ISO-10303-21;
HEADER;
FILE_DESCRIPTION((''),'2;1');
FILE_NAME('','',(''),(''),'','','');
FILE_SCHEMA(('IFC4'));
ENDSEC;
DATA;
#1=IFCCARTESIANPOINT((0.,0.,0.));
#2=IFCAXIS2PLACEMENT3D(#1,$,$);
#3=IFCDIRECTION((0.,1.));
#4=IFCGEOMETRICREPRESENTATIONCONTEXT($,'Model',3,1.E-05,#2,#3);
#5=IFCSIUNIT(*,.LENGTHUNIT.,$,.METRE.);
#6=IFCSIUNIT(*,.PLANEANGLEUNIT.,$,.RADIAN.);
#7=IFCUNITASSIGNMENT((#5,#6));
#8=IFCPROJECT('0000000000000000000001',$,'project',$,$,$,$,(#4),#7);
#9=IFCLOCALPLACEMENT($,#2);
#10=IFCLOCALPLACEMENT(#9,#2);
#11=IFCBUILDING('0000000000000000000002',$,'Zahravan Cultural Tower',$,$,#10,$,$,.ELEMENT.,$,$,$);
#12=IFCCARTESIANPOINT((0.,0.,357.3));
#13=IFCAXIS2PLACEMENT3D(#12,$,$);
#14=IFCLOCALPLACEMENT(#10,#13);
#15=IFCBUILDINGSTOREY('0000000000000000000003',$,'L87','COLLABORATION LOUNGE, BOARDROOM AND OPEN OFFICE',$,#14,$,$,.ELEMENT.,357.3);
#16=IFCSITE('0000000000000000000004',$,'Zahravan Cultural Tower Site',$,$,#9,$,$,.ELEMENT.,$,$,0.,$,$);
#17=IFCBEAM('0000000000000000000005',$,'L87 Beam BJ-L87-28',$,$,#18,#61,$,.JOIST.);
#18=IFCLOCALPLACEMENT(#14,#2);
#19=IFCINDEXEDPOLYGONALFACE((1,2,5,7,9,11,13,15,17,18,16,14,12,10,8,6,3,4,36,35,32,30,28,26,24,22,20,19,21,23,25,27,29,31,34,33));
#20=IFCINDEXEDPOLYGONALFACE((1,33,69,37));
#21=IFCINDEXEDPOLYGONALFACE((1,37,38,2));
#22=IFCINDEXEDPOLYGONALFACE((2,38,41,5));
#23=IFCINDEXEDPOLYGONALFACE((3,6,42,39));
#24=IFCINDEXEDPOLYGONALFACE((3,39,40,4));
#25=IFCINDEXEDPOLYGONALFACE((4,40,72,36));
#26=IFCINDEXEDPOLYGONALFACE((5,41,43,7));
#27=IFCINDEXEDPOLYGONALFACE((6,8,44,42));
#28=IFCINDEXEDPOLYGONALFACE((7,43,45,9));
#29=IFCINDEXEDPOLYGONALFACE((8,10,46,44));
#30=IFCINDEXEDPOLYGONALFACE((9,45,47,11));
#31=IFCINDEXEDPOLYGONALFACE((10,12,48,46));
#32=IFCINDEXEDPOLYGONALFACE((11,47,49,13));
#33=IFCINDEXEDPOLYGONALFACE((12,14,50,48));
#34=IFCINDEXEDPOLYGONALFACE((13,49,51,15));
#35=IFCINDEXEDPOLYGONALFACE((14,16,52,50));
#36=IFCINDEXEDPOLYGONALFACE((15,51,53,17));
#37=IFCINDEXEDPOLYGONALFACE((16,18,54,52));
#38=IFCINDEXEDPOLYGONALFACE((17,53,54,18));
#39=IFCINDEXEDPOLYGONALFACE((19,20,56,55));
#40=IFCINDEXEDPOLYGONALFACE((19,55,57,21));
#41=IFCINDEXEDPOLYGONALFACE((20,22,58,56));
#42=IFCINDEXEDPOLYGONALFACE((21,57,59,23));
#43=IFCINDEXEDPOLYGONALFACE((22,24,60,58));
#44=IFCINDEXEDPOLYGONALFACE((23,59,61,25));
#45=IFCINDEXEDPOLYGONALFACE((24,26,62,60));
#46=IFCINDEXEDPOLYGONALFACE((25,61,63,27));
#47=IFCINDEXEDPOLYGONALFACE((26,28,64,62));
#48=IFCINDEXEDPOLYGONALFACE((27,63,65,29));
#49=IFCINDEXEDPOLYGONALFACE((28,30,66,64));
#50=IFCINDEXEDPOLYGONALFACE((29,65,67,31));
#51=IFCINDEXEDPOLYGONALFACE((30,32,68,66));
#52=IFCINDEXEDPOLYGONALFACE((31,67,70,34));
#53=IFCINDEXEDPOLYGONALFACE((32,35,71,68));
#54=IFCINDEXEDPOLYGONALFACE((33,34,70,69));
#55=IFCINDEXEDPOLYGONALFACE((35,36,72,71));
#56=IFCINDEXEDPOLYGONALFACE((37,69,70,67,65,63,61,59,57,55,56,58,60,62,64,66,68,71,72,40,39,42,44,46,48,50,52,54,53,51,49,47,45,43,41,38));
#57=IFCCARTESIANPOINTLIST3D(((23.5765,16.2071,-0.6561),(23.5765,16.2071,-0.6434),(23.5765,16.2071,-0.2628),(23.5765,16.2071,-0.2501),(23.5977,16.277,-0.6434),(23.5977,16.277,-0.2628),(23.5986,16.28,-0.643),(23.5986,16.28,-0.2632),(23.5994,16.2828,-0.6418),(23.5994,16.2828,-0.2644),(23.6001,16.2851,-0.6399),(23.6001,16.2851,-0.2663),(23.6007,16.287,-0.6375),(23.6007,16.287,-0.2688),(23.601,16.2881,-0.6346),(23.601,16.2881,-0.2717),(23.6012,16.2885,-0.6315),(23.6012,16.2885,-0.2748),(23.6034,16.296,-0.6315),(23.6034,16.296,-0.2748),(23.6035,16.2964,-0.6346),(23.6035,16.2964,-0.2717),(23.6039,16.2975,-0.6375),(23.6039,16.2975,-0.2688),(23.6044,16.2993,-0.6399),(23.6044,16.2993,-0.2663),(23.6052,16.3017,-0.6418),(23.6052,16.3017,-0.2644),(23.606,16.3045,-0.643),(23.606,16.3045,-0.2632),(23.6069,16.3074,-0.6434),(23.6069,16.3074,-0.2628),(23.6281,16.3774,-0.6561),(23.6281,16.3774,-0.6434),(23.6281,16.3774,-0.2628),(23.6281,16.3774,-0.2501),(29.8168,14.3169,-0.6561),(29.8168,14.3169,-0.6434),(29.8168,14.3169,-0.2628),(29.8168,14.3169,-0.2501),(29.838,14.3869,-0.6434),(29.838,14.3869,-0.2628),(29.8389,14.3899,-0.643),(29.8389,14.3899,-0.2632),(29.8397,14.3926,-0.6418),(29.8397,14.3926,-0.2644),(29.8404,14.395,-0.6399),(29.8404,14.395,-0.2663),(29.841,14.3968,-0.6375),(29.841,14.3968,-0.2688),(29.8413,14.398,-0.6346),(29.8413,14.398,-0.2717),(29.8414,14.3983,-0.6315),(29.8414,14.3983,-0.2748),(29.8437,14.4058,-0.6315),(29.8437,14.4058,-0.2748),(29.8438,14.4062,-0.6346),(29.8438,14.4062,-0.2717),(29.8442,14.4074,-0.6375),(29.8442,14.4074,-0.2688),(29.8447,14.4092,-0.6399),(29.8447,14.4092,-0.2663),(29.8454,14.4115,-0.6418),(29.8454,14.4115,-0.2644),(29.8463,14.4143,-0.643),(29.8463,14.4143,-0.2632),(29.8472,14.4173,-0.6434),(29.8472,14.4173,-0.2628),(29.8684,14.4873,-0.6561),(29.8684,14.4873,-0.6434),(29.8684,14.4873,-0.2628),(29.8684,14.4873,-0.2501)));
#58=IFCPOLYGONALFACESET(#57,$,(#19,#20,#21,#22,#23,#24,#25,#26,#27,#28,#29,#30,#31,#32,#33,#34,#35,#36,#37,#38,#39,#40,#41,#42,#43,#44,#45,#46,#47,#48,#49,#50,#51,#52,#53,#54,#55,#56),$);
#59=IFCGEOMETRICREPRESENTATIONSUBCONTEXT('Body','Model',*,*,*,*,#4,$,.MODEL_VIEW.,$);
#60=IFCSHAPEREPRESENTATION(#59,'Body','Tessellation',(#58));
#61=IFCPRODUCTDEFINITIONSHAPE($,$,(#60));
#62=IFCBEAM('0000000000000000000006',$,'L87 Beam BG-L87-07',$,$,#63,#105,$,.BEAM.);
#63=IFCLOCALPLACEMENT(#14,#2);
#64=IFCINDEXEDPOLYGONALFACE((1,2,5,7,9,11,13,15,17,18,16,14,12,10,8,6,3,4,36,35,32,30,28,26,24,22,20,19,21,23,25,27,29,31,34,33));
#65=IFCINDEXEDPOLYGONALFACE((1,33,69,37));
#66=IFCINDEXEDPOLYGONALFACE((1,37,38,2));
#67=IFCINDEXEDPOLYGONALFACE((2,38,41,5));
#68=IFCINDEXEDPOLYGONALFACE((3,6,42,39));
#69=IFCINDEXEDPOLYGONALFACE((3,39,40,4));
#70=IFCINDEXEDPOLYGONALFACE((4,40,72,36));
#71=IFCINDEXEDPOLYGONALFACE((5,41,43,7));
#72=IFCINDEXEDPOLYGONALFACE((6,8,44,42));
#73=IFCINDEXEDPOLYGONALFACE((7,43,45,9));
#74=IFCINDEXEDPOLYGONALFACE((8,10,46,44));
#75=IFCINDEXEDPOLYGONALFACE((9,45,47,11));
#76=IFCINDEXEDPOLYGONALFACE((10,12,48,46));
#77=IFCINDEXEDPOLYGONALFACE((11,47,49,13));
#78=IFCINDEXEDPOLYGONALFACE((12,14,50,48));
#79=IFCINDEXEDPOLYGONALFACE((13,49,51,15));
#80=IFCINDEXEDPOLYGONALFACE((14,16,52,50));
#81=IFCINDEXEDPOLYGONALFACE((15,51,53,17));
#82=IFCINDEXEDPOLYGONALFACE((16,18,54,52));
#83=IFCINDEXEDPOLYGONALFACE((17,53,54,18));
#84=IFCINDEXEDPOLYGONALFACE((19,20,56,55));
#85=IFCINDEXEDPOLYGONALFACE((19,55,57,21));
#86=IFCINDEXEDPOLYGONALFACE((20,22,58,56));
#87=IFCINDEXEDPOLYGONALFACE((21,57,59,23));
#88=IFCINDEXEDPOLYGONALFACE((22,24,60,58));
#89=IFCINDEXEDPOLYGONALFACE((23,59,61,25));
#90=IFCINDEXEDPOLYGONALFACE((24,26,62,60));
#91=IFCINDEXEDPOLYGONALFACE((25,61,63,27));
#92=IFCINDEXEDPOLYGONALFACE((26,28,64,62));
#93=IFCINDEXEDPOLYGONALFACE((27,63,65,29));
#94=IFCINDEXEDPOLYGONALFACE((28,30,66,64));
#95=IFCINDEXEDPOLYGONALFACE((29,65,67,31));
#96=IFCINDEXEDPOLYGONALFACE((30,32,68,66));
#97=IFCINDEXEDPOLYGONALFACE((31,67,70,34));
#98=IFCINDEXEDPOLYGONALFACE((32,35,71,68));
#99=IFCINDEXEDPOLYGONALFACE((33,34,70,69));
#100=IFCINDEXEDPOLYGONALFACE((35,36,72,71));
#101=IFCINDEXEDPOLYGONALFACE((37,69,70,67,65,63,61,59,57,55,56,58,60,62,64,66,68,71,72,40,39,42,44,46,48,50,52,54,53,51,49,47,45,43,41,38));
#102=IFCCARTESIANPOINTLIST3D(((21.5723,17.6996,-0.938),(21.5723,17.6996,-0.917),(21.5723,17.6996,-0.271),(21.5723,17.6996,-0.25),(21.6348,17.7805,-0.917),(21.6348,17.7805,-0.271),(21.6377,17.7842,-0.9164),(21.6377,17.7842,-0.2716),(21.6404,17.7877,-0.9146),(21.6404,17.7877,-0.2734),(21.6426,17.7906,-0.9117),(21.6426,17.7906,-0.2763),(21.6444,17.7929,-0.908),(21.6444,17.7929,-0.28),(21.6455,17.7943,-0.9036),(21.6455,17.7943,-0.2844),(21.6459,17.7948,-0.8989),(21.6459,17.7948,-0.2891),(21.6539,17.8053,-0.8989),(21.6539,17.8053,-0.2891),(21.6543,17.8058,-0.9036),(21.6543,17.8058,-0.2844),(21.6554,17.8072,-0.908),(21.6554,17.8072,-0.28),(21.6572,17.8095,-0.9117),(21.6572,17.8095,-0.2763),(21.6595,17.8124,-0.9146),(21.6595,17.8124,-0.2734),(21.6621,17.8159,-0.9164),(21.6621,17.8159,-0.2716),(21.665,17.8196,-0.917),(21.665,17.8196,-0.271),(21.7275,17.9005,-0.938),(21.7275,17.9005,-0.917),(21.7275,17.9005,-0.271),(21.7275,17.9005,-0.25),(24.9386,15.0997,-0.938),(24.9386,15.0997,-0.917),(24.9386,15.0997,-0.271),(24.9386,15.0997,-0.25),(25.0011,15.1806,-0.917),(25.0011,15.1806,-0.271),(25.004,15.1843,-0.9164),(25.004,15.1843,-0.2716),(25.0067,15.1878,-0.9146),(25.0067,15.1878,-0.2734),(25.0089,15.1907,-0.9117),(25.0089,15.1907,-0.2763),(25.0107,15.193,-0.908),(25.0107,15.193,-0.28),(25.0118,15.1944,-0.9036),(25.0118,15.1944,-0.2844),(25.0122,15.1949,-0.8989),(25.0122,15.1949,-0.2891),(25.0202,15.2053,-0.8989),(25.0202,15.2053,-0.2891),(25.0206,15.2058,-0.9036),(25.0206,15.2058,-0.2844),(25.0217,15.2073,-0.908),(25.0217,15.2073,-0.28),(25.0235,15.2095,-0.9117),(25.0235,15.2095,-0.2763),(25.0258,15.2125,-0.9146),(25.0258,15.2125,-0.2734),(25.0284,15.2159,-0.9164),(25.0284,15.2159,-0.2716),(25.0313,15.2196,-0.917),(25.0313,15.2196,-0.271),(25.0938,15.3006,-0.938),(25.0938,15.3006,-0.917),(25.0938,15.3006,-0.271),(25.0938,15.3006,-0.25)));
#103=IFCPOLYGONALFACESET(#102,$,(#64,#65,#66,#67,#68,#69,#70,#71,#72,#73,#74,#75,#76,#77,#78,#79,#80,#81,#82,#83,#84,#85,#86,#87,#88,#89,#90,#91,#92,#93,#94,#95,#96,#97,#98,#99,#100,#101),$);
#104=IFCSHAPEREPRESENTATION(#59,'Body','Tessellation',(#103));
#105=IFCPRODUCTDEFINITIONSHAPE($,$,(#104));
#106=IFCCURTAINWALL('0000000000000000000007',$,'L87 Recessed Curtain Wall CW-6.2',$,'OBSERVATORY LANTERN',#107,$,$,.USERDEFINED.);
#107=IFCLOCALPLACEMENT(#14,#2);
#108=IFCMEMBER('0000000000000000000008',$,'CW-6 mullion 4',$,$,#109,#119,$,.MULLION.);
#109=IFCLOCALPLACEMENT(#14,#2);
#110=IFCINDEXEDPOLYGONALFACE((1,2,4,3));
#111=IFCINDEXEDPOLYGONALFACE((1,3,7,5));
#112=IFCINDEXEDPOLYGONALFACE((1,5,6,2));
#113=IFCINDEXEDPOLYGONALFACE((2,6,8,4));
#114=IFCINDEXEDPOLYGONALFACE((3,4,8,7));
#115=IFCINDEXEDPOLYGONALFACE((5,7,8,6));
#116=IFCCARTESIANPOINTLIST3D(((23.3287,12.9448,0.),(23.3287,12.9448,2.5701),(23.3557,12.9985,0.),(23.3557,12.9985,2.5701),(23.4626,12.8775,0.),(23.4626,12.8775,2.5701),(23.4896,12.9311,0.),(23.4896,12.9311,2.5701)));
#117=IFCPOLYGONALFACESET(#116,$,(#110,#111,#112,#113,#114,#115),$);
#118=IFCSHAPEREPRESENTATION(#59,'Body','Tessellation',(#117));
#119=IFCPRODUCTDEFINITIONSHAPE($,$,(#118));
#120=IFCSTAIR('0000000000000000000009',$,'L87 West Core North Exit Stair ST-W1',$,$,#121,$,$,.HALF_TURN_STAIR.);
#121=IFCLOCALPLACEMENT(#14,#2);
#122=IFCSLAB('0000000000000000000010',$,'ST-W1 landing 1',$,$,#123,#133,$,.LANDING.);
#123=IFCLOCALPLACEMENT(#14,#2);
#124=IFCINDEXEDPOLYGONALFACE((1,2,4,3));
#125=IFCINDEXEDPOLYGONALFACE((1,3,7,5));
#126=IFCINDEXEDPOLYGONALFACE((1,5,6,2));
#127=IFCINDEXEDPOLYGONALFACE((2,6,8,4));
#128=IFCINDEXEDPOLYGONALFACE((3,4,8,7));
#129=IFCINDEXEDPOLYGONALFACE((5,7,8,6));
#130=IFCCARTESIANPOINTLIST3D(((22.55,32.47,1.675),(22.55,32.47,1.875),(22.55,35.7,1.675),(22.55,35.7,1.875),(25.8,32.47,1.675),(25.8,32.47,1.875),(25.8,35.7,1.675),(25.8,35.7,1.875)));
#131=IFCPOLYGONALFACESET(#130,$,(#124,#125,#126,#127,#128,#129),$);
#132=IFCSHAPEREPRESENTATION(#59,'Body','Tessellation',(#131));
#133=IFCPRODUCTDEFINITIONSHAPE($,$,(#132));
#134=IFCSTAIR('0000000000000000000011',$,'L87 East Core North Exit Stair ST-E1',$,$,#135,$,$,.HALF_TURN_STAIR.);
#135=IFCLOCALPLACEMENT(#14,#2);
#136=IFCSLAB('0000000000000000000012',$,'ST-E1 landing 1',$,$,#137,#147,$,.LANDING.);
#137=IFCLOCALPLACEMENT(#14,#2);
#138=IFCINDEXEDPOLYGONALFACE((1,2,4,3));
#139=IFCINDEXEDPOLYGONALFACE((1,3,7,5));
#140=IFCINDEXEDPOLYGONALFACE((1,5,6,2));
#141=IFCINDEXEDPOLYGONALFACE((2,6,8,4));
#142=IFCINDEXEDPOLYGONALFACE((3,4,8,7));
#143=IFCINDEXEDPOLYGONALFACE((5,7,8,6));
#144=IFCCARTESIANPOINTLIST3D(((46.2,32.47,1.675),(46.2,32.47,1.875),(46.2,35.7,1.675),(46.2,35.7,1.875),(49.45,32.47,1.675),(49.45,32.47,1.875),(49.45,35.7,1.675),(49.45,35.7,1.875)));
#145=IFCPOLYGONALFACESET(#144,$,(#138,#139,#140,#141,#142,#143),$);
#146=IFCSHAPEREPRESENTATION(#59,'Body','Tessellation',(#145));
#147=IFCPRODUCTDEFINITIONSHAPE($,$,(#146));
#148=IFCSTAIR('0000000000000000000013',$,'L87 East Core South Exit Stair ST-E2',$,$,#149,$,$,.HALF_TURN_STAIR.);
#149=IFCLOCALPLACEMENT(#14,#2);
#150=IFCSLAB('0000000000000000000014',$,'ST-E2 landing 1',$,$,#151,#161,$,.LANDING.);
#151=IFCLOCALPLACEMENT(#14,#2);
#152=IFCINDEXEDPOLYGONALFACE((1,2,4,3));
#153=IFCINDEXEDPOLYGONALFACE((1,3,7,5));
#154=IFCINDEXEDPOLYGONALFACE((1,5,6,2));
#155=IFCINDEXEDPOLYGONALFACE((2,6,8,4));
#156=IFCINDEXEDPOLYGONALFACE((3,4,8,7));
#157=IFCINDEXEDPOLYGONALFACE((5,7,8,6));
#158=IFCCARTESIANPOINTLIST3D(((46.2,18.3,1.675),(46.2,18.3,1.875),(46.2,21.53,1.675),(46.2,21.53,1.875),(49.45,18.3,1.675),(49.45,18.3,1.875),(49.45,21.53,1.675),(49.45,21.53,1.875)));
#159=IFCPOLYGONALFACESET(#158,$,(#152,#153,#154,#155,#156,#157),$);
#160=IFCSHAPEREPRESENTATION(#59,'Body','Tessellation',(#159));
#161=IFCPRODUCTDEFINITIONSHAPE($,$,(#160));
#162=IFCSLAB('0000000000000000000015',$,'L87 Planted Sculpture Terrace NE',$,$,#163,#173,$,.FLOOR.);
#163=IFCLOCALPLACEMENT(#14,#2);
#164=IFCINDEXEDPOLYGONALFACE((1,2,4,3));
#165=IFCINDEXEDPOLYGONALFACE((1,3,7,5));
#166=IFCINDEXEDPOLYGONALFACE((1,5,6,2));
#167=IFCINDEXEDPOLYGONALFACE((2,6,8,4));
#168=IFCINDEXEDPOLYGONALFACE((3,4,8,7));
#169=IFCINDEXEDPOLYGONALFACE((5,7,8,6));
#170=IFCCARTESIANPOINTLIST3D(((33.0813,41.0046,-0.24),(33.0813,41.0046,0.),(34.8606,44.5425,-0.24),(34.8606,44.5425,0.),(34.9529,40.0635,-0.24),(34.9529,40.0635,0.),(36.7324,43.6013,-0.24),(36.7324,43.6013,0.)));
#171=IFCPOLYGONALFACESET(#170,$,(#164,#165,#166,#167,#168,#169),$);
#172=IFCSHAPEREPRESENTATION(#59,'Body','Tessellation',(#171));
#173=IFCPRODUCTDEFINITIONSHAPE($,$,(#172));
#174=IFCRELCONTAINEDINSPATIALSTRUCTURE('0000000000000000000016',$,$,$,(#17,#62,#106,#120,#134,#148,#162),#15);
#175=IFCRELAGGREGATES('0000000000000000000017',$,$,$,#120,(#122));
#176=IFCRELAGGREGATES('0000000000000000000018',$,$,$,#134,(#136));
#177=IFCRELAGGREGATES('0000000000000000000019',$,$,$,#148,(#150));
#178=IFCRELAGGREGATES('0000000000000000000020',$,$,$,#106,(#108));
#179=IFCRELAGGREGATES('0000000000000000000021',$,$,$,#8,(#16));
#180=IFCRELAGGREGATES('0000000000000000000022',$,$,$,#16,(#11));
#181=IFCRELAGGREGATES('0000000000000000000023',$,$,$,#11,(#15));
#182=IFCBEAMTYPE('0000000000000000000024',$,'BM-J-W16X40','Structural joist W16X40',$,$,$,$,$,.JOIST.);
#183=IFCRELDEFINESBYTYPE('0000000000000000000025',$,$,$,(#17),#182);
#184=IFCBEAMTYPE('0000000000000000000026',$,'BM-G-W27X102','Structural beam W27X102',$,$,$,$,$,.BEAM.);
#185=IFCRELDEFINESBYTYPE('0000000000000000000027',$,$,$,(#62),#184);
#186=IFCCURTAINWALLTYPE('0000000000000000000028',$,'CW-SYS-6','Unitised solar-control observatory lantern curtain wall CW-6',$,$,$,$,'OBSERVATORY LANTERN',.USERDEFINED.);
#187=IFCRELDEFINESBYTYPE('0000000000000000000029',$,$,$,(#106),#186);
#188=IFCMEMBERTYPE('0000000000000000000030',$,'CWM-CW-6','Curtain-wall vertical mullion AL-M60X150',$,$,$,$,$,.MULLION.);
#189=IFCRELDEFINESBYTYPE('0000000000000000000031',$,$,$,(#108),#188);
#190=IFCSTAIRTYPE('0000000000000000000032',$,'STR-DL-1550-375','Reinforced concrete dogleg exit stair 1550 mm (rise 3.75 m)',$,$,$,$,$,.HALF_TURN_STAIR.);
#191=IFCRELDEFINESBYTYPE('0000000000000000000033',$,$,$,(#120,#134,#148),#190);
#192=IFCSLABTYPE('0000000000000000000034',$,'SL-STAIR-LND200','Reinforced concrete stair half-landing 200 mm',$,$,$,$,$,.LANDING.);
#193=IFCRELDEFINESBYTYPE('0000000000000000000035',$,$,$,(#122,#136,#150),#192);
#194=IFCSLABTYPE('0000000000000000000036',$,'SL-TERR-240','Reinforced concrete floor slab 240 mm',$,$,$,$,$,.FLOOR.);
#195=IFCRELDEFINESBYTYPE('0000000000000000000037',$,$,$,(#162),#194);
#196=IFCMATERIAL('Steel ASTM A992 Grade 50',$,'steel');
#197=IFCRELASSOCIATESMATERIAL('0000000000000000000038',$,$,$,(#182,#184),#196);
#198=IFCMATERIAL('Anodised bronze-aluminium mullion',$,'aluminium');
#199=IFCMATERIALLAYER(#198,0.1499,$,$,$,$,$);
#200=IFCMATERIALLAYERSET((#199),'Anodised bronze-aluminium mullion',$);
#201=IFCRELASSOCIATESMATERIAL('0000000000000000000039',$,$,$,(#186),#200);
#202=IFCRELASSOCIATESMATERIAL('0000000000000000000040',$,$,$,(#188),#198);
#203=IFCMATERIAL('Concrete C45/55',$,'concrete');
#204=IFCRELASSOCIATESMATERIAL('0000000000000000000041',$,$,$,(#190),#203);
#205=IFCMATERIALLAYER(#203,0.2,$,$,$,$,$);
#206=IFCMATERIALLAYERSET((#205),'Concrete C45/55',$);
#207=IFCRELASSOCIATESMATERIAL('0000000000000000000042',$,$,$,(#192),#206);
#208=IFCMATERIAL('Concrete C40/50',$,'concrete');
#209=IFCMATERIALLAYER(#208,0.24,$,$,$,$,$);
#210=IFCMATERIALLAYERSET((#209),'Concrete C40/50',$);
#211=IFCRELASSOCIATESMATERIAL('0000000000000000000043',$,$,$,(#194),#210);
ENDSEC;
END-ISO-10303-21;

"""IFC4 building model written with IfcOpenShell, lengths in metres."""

from ifc_helpers import new_model, si_unit, direction, frame, origin, origin_2d, place, context, subcontext, project, spatial, polyline, rectangle, i_section, outline, extrude, source, transform, mapped, material, layer, layer_set, material_profile, profile_set, type_object, element, aggregate, save


model = new_model("IFC4")

# Units and contexts
model_context = context("Model", 3, precision=1e-05, world=origin(), true_north=direction((0.0, 1.0)))
body_context = subcontext(model_context, "Body", "Model", "MODEL_VIEW")
ifc_project = project(units=[si_unit("LENGTHUNIT", "METRE"), si_unit("PLANEANGLEUNIT", "RADIAN")], contexts=[model_context])

# Site, building, storey
site_placement = place(None, origin())
site = spatial("IfcSite", under=ifc_project, at=site_placement, Name="Zahravan Cultural Tower Site", CompositionType="ELEMENT", RefElevation=0.0)
building_placement = place(site_placement, origin())
building = spatial("IfcBuilding", under=site, at=building_placement, Name="Zahravan Cultural Tower", CompositionType="ELEMENT")
storey_placement = place(building_placement, frame((0.0, 0.0, 357.3)))
storey = spatial("IfcBuildingStorey", under=building, at=storey_placement, Name="L87", Description="COLLABORATION LOUNGE, BOARDROOM AND OPEN OFFICE", CompositionType="ELEMENT", Elevation=357.3)

# Beams
ifc_material_1 = material(Name="Steel ASTM A992 Grade 50", Category="steel")
ifc_material_profile_1 = material_profile(ifc_material_1, i_section(OverallWidth=0.178, OverallDepth=0.406, WebThickness=0.0078, FlangeThickness=0.0127, FilletRadius=0.012, at=origin_2d()), Name="W16X40")
ifc_profile_set_1 = profile_set([ifc_material_profile_1], Name="Steel ASTM A992 Grade 50")
beam_type_1 = type_object("IfcBeamType", Name="BM-J-W16X40", Description="Structural joist W16X40", PredefinedType="JOIST", material=ifc_profile_set_1)
shared_shape_1 = source(origin(), body_context, "Body", "SweptSolid", [
    extrude(i_section(OverallWidth=0.178, OverallDepth=0.406, WebThickness=0.0078, FlangeThickness=0.0127, FilletRadius=0.012, at=origin_2d()), origin(), (0.0, 0.0, 1.0), 6.5203),
])
beam_1_placement = place(storey_placement, frame((23.6023, 16.2922, -0.4531), z_axis=(0.95706, -0.289889, 0.0), x_axis=(0.289889, 0.95706, 0.0)))
element("IfcBeam", 1, at=beam_1_placement, inside=storey, type_object=beam_type_1, Name="L87 Beam BJ-L87-28", PredefinedType="JOIST", context=body_context, shape_type="MappedRepresentation", body=[
    mapped(shared_shape_1, transform((0.0, 0.0, 0.0), x_axis=(1.0, 0.0, 0.0), y_axis=(0.0, 1.0, 0.0), z_axis=(0.0, 0.0, 1.0), scale=1.0)),
])
ifc_material_profile_2 = material_profile(ifc_material_1, i_section(OverallWidth=0.2539, OverallDepth=0.688, WebThickness=0.0132, FlangeThickness=0.021, FilletRadius=0.0181, at=origin_2d()), Name="W27X102")
ifc_profile_set_2 = profile_set([ifc_material_profile_2], Name="Steel ASTM A992 Grade 50")
beam_type_2 = type_object("IfcBeamType", Name="BM-G-W27X102", Description="Structural beam W27X102", PredefinedType="BEAM", material=ifc_profile_set_2)
shared_shape_2 = source(origin(), body_context, "Body", "SweptSolid", [
    extrude(i_section(OverallWidth=0.2539, OverallDepth=0.688, WebThickness=0.0132, FlangeThickness=0.021, FilletRadius=0.0181, at=origin_2d()), origin(), (0.0, 0.0, 1.0), 4.2534),
])
beam_2_placement = place(storey_placement, frame((21.6499, 17.8, -0.594), z_axis=(0.791434, -0.611255, 0.0), x_axis=(0.611255, 0.791434, 0.0)))
element("IfcBeam", 2, at=beam_2_placement, inside=storey, type_object=beam_type_2, Name="L87 Beam BG-L87-07", PredefinedType="BEAM", context=body_context, shape_type="MappedRepresentation", body=[
    mapped(shared_shape_2, transform((0.0, 0.0, 0.0), x_axis=(1.0, 0.0, 0.0), y_axis=(0.0, 1.0, 0.0), z_axis=(0.0, 0.0, 1.0), scale=1.0)),
])

# Curtain wall, member
ifc_material_2 = material(Name="Anodised bronze-aluminium mullion", Category="aluminium")
ifc_layer_1 = layer(ifc_material_2, 0.1499)
ifc_layer_set_1 = layer_set([ifc_layer_1], Name="Anodised bronze-aluminium mullion")
curtain_wall_type = type_object("IfcCurtainWallType", Name="CW-SYS-6", Description="Unitised solar-control observatory lantern curtain wall CW-6", ElementType="OBSERVATORY LANTERN", PredefinedType="USERDEFINED", material=ifc_layer_set_1)
curtain_wall_placement = place(storey_placement, origin())
curtain_wall = element("IfcCurtainWall", 3, at=curtain_wall_placement, inside=storey, type_object=curtain_wall_type, Name="L87 Recessed Curtain Wall CW-6.2", ObjectType="OBSERVATORY LANTERN", PredefinedType="USERDEFINED")
ifc_material_profile_3 = material_profile(ifc_material_2, rectangle(XDim=0.0601, YDim=0.1499, at=origin_2d()), Name="AL-M60X150")
ifc_profile_set_3 = profile_set([ifc_material_profile_3], Name="Anodised bronze-aluminium mullion")
member_type = type_object("IfcMemberType", Name="CWM-CW-6", Description="Curtain-wall vertical mullion AL-M60X150", PredefinedType="MULLION", material=ifc_profile_set_3)
shared_shape_3 = source(origin(), body_context, "Body", "SweptSolid", [
    extrude(rectangle(XDim=0.0601, YDim=0.1499, at=origin_2d()), origin(), (0.0, 0.0, 1.0), 2.5701),
])
member_placement = place(storey_placement, frame((23.4092, 12.938, 0.0), z_axis=(0.0, 0.0, 1.0), x_axis=(-0.449317, -0.893372, 0.0)))
member = element("IfcMember", 4, at=member_placement, type_object=member_type, Name="CW-6 mullion 4", PredefinedType="MULLION", context=body_context, shape_type="MappedRepresentation", body=[
    mapped(shared_shape_3, transform((0.0, 0.0, 0.0), x_axis=(1.0, 0.0, 0.0), y_axis=(0.0, 1.0, 0.0), z_axis=(0.0, 0.0, 1.0), scale=1.0)),
])

# Stairs, slabs
ifc_material_3 = material(Name="Concrete C45/55", Category="concrete")
stair_type = type_object("IfcStairType", Name="STR-DL-1550-375", Description="Reinforced concrete dogleg exit stair 1550 mm (rise 3.75 m)", PredefinedType="HALF_TURN_STAIR", material=ifc_material_3)
stair_1_placement = place(storey_placement, origin())
stair_1 = element("IfcStair", 5, at=stair_1_placement, inside=storey, type_object=stair_type, Name="L87 West Core North Exit Stair ST-W1", PredefinedType="HALF_TURN_STAIR")
ifc_layer_2 = layer(ifc_material_3, 0.2)
ifc_layer_set_2 = layer_set([ifc_layer_2], Name="Concrete C45/55")
slab_type_1 = type_object("IfcSlabType", Name="SL-STAIR-LND200", Description="Reinforced concrete stair half-landing 200 mm", PredefinedType="LANDING", material=ifc_layer_set_2)
slab_1_placement = place(storey_placement, frame((0.0, 0.0, 1.675)))
slab_1 = element("IfcSlab", 6, at=slab_1_placement, type_object=slab_type_1, Name="ST-W1 landing 1", PredefinedType="LANDING", context=body_context, shape_type="SweptSolid", body=[
    extrude(outline(polyline([(25.8, 32.47), (25.8, 35.7), (22.55, 35.7), (22.55, 32.47), (25.8, 32.47)])), origin(), (0.0, 0.0, 1.0), 0.2),
])
aggregate(stair_1, [slab_1])
stair_2_placement = place(storey_placement, origin())
stair_2 = element("IfcStair", 7, at=stair_2_placement, inside=storey, type_object=stair_type, Name="L87 East Core North Exit Stair ST-E1", PredefinedType="HALF_TURN_STAIR")
slab_2_placement = place(storey_placement, frame((0.0, 0.0, 1.675)))
slab_2 = element("IfcSlab", 8, at=slab_2_placement, type_object=slab_type_1, Name="ST-E1 landing 1", PredefinedType="LANDING", context=body_context, shape_type="SweptSolid", body=[
    extrude(outline(polyline([(49.45, 32.47), (49.45, 35.7), (46.2, 35.7), (46.2, 32.47), (49.45, 32.47)])), origin(), (0.0, 0.0, 1.0), 0.2),
])
aggregate(stair_2, [slab_2])
stair_3_placement = place(storey_placement, origin())
stair_3 = element("IfcStair", 9, at=stair_3_placement, inside=storey, type_object=stair_type, Name="L87 East Core South Exit Stair ST-E2", PredefinedType="HALF_TURN_STAIR")
slab_3_placement = place(storey_placement, frame((0.0, 0.0, 1.675)))
slab_3 = element("IfcSlab", 10, at=slab_3_placement, type_object=slab_type_1, Name="ST-E2 landing 1", PredefinedType="LANDING", context=body_context, shape_type="SweptSolid", body=[
    extrude(outline(polyline([(46.2, 21.53), (46.2, 18.3), (49.45, 18.3), (49.45, 21.53), (46.2, 21.53)])), origin(), (0.0, 0.0, 1.0), 0.2),
])
aggregate(stair_3, [slab_3])

# Slab
ifc_material_4 = material(Name="Concrete C40/50", Category="concrete")
ifc_layer_3 = layer(ifc_material_4, 0.24)
ifc_layer_set_3 = layer_set([ifc_layer_3], Name="Concrete C40/50")
slab_type_2 = type_object("IfcSlabType", Name="SL-TERR-240", Description="Reinforced concrete floor slab 240 mm", PredefinedType="FLOOR", material=ifc_layer_set_3)
slab_4_placement = place(storey_placement, frame((0.0, 0.0, -0.24)))
element("IfcSlab", 11, at=slab_4_placement, inside=storey, type_object=slab_type_2, Name="L87 Planted Sculpture Terrace NE", PredefinedType="FLOOR", context=body_context, shape_type="SweptSolid", body=[
    extrude(outline(polyline([(33.0813, 41.0046), (34.9529, 40.0635), (36.7324, 43.6013), (34.8606, 44.5425), (33.0813, 41.0046)])), origin(), (0.0, 0.0, 1.0), 0.24),
])

aggregate(curtain_wall, [member])

save(model, "model.ifc")
